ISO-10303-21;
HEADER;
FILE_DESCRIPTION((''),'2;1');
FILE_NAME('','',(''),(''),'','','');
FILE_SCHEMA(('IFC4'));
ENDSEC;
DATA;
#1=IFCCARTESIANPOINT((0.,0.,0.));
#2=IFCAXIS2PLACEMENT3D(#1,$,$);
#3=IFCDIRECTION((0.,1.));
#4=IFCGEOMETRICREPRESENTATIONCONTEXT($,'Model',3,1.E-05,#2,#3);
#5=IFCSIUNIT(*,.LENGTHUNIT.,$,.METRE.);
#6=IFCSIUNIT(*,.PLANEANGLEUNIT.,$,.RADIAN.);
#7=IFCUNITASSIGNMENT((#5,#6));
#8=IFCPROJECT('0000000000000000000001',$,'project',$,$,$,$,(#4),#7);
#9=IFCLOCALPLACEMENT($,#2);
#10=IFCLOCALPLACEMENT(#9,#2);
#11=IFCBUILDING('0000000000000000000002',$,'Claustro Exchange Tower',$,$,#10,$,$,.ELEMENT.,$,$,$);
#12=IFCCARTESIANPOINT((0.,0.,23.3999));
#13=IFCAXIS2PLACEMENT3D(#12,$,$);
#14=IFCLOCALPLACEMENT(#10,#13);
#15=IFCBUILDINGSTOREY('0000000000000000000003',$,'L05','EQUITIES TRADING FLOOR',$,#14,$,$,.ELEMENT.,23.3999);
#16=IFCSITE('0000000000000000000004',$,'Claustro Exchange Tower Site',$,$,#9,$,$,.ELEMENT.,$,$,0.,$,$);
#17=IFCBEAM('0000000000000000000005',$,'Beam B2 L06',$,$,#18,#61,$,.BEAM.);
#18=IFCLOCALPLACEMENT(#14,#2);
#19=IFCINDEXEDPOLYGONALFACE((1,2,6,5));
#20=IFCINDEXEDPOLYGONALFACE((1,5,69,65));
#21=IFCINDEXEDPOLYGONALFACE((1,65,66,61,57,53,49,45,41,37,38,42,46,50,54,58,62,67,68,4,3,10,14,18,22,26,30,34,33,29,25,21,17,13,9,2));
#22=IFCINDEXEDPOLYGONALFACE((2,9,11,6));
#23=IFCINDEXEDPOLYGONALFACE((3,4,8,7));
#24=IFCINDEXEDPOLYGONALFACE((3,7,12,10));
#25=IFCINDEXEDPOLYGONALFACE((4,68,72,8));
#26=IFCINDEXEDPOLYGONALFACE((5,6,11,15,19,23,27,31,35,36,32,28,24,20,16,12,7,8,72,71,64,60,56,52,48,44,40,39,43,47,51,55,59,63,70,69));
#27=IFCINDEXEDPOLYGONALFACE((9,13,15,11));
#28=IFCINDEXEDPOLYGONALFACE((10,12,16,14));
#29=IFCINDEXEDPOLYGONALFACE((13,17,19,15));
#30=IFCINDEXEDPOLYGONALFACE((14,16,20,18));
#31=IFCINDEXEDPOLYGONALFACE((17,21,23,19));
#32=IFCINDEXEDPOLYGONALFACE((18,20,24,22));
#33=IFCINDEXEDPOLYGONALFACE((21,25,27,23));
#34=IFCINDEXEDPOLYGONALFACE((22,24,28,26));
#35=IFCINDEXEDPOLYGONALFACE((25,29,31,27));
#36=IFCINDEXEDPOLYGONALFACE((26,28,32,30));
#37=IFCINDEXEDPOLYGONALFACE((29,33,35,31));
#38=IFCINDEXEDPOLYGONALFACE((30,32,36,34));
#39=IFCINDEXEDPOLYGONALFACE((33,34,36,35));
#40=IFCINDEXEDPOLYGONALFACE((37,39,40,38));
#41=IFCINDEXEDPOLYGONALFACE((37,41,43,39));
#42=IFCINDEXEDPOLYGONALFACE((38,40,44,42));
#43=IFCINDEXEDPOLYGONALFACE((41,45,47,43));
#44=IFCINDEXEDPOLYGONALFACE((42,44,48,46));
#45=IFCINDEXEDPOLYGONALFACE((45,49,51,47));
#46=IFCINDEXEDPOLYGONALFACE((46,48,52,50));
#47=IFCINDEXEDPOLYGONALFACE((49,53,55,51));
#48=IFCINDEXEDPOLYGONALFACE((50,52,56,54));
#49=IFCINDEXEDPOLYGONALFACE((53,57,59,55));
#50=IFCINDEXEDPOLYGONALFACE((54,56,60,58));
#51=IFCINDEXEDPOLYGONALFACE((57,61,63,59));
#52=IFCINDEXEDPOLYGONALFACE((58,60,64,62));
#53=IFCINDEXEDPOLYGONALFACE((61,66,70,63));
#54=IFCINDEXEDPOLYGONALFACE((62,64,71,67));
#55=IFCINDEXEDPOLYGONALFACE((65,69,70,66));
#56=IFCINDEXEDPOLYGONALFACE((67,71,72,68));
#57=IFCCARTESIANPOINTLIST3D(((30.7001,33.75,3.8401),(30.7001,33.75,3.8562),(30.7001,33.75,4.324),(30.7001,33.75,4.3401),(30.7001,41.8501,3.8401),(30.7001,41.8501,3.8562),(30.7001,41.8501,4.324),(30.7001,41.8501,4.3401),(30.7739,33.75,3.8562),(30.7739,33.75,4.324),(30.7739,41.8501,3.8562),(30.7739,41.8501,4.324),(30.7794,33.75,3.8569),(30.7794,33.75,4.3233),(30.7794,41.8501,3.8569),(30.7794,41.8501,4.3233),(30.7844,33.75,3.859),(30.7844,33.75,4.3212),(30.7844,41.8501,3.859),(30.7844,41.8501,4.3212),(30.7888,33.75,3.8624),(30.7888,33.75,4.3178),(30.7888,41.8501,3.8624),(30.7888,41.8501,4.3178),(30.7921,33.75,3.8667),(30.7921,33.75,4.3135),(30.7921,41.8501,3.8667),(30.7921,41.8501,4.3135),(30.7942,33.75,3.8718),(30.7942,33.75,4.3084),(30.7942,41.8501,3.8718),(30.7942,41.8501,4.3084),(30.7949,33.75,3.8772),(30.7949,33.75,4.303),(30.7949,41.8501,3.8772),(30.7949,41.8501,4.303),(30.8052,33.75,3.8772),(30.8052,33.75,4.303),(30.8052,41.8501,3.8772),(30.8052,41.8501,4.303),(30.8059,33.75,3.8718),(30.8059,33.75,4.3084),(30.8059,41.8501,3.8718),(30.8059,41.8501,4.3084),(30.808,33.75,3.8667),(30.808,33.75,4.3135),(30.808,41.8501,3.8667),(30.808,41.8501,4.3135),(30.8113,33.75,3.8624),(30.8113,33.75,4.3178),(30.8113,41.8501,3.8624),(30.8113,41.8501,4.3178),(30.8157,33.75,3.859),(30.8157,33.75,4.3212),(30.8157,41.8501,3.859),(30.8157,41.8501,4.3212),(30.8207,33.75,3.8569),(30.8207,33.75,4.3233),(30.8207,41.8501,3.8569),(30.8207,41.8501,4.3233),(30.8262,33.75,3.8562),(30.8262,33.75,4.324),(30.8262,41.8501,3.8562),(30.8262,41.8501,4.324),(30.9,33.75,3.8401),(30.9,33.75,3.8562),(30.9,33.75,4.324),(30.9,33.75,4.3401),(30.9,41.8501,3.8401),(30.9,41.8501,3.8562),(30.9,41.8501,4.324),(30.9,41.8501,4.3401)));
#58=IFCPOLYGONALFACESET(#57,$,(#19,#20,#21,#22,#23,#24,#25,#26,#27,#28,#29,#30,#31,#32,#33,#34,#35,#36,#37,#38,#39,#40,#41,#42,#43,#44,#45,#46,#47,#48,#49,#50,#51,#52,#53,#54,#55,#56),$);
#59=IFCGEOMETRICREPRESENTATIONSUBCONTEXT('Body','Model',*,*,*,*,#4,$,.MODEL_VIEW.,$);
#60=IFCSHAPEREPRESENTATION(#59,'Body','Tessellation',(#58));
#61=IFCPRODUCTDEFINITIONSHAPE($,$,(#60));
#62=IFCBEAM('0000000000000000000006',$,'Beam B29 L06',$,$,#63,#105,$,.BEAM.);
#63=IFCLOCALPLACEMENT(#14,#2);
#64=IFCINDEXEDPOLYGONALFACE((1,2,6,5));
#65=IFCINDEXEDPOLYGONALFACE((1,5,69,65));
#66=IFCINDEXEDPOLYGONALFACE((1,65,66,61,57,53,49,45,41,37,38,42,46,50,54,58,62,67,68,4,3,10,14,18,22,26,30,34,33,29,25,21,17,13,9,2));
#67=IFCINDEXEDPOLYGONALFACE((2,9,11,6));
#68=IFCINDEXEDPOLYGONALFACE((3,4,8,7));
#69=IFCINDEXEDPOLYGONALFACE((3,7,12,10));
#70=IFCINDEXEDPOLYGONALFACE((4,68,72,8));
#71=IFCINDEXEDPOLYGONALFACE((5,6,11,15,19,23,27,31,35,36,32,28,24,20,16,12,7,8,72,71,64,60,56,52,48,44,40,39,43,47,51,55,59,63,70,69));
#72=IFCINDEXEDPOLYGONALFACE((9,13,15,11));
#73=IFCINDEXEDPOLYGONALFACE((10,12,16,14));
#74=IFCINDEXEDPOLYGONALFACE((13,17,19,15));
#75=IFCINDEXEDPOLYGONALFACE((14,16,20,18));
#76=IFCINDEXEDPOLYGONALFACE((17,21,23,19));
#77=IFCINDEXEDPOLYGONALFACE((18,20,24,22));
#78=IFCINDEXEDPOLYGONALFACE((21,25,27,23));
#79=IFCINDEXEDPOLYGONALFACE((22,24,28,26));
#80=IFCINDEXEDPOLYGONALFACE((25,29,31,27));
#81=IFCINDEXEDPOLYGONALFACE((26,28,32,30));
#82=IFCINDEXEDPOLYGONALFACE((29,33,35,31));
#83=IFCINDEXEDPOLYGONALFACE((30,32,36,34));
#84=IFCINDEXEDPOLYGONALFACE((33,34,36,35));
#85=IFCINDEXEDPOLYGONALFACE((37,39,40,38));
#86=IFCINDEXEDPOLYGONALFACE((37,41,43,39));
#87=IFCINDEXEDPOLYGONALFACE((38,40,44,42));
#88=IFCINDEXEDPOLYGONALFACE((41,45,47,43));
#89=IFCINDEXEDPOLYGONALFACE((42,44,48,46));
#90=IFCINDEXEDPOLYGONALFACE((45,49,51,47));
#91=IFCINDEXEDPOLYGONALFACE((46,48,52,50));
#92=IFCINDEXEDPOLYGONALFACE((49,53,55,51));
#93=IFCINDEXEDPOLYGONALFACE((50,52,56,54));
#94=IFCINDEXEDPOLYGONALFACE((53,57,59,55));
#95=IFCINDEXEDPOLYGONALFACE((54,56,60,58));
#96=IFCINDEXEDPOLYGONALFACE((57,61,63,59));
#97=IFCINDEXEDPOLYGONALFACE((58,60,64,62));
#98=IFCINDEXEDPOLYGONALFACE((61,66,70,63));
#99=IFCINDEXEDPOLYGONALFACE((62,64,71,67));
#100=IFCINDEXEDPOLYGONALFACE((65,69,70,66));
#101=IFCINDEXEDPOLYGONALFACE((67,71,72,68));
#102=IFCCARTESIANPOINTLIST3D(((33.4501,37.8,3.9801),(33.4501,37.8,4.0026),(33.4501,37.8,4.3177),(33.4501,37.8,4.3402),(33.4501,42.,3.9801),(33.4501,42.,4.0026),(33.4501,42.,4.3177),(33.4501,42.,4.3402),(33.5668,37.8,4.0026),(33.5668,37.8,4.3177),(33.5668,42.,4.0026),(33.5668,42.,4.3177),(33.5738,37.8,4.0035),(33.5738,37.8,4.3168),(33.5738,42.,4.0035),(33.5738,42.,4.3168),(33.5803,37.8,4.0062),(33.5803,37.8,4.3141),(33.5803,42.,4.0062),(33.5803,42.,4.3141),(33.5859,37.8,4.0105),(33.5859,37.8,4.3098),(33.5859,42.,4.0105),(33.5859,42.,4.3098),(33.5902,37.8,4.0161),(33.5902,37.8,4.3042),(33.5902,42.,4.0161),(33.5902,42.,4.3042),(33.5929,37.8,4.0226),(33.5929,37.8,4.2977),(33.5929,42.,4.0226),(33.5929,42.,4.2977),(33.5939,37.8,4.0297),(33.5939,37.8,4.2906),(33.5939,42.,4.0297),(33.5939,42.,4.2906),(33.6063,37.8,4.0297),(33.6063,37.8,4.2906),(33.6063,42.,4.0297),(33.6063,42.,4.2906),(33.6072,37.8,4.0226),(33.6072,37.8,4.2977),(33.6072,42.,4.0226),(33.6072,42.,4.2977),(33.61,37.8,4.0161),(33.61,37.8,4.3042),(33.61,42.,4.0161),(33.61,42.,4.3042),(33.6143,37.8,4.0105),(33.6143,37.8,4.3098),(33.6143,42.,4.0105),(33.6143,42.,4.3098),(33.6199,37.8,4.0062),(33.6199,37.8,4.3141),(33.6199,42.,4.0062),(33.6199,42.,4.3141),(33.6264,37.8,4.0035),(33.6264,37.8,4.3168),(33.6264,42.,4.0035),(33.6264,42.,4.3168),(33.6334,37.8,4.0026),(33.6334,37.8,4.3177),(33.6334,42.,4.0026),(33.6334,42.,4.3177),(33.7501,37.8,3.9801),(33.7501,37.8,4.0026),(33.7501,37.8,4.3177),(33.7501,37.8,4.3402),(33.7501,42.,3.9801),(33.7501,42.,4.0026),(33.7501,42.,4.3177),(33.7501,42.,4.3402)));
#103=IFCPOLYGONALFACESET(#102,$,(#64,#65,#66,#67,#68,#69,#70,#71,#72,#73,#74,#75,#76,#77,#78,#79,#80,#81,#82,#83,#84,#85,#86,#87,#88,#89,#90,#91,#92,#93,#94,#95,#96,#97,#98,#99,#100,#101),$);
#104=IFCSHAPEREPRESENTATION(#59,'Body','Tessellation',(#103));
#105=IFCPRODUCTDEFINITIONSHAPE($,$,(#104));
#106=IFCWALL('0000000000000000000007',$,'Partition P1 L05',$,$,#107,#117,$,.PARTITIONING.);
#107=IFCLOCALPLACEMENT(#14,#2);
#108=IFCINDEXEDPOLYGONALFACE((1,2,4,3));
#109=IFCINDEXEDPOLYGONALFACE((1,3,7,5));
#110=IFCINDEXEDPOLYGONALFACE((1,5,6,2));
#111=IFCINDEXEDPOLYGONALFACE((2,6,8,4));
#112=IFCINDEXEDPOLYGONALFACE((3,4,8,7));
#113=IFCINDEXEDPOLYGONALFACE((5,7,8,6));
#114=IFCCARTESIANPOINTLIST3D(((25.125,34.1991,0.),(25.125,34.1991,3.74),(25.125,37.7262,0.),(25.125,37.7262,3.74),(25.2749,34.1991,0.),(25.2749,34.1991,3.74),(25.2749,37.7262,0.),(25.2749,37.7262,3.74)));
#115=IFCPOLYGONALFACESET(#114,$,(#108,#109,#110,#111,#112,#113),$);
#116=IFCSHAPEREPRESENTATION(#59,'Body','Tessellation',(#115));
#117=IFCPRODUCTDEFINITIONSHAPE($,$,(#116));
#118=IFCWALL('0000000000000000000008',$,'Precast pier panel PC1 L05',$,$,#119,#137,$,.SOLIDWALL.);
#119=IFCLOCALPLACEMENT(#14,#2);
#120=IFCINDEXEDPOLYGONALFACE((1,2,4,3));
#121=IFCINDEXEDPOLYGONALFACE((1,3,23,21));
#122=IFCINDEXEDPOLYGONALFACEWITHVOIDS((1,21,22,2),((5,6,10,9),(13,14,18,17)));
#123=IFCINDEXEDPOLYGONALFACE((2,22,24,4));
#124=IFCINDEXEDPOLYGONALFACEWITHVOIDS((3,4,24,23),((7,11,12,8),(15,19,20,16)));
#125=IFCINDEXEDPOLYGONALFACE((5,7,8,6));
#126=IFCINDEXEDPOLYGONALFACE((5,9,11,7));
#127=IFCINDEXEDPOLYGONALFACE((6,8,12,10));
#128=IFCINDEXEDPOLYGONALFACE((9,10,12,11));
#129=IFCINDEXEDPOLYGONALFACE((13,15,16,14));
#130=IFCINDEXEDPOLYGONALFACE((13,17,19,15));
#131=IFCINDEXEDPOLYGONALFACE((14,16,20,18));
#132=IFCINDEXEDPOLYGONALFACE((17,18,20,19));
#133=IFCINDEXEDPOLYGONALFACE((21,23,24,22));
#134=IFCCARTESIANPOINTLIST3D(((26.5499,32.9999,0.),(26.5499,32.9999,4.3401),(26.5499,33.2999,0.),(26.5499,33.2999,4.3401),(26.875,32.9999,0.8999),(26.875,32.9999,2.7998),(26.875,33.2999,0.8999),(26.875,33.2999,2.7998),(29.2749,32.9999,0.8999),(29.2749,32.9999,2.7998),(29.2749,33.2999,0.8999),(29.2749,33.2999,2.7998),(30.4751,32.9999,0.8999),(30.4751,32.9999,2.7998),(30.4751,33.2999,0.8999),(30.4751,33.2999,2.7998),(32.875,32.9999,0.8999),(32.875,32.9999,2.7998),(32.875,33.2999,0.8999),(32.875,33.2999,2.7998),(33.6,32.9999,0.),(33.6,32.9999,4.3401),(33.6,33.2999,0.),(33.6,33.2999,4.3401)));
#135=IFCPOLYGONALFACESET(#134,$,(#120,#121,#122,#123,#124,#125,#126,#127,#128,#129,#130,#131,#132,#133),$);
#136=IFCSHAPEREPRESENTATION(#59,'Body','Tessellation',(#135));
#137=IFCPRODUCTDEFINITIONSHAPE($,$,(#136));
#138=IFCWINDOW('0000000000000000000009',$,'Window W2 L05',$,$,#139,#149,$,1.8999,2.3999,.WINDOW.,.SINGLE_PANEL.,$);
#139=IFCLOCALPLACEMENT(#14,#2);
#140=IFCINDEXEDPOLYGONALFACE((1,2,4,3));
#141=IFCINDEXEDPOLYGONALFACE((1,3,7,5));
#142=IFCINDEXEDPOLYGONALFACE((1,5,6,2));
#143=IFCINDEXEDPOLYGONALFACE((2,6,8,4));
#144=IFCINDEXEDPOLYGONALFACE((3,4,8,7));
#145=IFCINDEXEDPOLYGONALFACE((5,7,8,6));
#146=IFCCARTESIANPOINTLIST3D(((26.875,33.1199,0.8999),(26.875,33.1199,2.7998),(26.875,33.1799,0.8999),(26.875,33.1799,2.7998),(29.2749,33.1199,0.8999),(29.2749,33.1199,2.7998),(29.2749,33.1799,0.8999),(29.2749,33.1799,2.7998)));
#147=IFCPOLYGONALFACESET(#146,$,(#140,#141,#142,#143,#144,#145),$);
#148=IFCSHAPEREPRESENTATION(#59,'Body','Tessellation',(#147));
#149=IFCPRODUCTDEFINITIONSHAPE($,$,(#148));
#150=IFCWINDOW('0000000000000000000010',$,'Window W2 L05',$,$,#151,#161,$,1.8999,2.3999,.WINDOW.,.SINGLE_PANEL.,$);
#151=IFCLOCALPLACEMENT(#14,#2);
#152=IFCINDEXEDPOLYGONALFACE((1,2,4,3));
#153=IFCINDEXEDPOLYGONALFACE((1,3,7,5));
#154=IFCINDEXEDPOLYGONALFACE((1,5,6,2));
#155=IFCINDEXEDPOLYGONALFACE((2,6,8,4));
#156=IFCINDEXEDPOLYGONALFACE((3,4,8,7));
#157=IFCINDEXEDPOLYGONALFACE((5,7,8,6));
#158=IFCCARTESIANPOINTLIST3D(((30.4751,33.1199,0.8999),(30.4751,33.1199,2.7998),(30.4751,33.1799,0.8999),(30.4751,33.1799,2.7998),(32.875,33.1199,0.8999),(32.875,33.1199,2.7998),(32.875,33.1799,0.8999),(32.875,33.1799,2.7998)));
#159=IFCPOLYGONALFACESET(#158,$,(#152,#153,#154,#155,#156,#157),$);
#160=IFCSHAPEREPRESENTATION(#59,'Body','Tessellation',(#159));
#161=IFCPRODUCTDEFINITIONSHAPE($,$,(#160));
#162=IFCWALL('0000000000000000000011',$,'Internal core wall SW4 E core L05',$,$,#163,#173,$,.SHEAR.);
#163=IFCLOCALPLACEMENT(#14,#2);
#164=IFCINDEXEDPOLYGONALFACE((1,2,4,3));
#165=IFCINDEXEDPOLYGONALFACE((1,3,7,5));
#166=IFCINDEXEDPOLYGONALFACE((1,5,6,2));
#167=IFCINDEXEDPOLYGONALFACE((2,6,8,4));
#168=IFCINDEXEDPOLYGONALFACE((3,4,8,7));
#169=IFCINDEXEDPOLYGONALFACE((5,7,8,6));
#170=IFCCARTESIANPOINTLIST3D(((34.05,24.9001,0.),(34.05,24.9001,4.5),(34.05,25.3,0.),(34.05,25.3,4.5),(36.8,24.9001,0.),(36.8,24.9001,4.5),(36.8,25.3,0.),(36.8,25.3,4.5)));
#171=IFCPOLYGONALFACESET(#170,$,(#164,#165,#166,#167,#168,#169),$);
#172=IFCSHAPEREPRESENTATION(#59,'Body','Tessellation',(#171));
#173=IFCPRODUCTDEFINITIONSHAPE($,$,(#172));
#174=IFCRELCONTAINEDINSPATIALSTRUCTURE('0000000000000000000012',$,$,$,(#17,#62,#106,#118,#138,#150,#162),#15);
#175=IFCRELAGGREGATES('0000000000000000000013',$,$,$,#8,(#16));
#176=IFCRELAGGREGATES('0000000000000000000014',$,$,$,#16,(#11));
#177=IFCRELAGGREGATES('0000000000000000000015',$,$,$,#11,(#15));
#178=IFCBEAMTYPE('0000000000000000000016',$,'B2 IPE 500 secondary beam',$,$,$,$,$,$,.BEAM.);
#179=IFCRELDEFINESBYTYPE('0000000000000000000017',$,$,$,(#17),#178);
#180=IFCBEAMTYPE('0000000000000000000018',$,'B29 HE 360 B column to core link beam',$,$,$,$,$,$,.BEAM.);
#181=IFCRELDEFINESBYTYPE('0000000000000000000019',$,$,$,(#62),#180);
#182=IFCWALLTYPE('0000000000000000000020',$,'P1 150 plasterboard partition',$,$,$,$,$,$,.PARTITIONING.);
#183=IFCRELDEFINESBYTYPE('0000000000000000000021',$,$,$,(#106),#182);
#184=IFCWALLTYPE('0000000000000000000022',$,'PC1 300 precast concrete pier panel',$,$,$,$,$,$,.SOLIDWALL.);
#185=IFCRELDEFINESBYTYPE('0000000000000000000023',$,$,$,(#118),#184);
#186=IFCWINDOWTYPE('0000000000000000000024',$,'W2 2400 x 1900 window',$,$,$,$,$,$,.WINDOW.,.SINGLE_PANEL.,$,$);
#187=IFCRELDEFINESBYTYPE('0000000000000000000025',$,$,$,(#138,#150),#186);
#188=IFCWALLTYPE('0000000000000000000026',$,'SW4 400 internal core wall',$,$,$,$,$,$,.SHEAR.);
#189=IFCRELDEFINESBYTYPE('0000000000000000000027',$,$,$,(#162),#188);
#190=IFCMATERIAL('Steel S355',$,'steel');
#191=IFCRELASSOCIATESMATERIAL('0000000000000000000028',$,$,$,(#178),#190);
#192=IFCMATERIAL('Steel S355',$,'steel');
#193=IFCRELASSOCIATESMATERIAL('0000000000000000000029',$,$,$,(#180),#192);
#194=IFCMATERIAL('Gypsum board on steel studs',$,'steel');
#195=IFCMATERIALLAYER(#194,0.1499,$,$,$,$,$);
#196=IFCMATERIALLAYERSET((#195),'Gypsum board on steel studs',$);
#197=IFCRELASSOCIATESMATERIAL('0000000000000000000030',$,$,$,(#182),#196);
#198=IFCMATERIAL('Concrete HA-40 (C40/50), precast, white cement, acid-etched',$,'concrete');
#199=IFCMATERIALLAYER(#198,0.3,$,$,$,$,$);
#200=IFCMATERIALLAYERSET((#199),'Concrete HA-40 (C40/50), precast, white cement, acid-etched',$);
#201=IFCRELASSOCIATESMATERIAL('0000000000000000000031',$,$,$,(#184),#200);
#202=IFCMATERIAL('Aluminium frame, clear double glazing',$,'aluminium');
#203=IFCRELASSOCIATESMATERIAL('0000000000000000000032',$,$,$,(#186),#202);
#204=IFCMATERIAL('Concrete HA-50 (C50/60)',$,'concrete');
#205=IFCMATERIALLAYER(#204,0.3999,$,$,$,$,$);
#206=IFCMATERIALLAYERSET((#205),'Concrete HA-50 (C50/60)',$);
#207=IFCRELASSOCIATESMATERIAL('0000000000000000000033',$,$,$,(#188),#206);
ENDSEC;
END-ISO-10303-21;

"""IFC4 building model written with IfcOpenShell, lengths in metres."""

from ifc_helpers import new_model, si_unit, direction, frame, frame_2d, origin, origin_2d, place, context, subcontext, project, spatial, rectangle, i_section, extrude, material, layer, layer_set, material_profile, profile_set, type_object, element, fill, save


model = new_model("IFC4")

# Units and contexts
model_context = context("Model", 3, precision=1e-05, world=origin(), true_north=direction((0.0, 1.0)))
body_context = subcontext(model_context, "Body", "Model", "MODEL_VIEW")
ifc_project = project(units=[si_unit("LENGTHUNIT", "METRE"), si_unit("PLANEANGLEUNIT", "RADIAN")], contexts=[model_context])

# Site, building, storey
site_placement = place(None, origin())
site = spatial("IfcSite", under=ifc_project, at=site_placement, Name="Claustro Exchange Tower Site", CompositionType="ELEMENT", RefElevation=0.0)
building_placement = place(site_placement, origin())
building = spatial("IfcBuilding", under=site, at=building_placement, Name="Claustro Exchange Tower", CompositionType="ELEMENT")
storey_placement = place(building_placement, frame((0.0, 0.0, 23.3999)))
storey = spatial("IfcBuildingStorey", under=building, at=storey_placement, Name="L05", Description="EQUITIES TRADING FLOOR", CompositionType="ELEMENT", Elevation=23.3999)

# Beams
ifc_material_1 = material(Name="Steel S355", Category="steel")
ifc_material_profile_1 = material_profile(ifc_material_1, i_section(OverallWidth=0.2, OverallDepth=0.5, WebThickness=0.0103, FlangeThickness=0.0161, FilletRadius=0.021, at=origin_2d()), Name="IPE 500")
ifc_profile_set_1 = profile_set([ifc_material_profile_1], Name="Steel S355")
beam_type_1 = type_object("IfcBeamType", Name="B2 IPE 500 secondary beam", PredefinedType="BEAM", material=ifc_profile_set_1)
for number, where, z_axis, x_axis, name in (
    (1, (30.8, 33.75, 4.0901), (0.0, 1.0, 0.0), (-1.0, 0.0, 0.0), "Beam B2 L06"),
):
    element("IfcBeam", number, at=place(storey_placement, frame(where, z_axis=z_axis, x_axis=x_axis)), inside=storey, type_object=beam_type_1, Name=name, PredefinedType="BEAM", context=body_context, shape_type="SweptSolid", body=[
        extrude(i_section(OverallWidth=0.2, OverallDepth=0.5, WebThickness=0.0103, FlangeThickness=0.0161, FilletRadius=0.021, at=origin_2d()), origin(), (0.0, 0.0, 1.0), 8.1001),
    ])
ifc_material_2 = material(Name="Steel S355", Category="steel")
ifc_material_profile_2 = material_profile(ifc_material_2, i_section(OverallWidth=0.3, OverallDepth=0.3601, WebThickness=0.0125, FlangeThickness=0.0225, FilletRadius=0.0271, at=origin_2d()), Name="HE 360 B")
ifc_profile_set_2 = profile_set([ifc_material_profile_2], Name="Steel S355")
beam_type_2 = type_object("IfcBeamType", Name="B29 HE 360 B column to core link beam", PredefinedType="BEAM", material=ifc_profile_set_2)
beam_1_placement = place(storey_placement, frame((33.6001, 37.8, 4.1602), z_axis=(0.0, 1.0, 0.0), x_axis=(-1.0, 0.0, 0.0)))
element("IfcBeam", 2, at=beam_1_placement, inside=storey, type_object=beam_type_2, Name="Beam B29 L06", PredefinedType="BEAM", context=body_context, shape_type="SweptSolid", body=[
    extrude(i_section(OverallWidth=0.3, OverallDepth=0.3601, WebThickness=0.0125, FlangeThickness=0.0225, FilletRadius=0.0271, at=origin_2d()), origin(), (0.0, 0.0, 1.0), 4.2),
])

# Wall
ifc_material_3 = material(Name="Gypsum board on steel studs", Category="steel")
ifc_layer_1 = layer(ifc_material_3, 0.1499)
ifc_layer_set_1 = layer_set([ifc_layer_1], Name="Gypsum board on steel studs")
wall_type_1 = type_object("IfcWallType", Name="P1 150 plasterboard partition", PredefinedType="PARTITIONING", material=ifc_layer_set_1)
wall_1_placement = place(storey_placement, frame((25.2, 34.199, 0.0), z_axis=(0.0, 0.0, 1.0), x_axis=(0.0, 1.0, 0.0)))
element("IfcWall", 3, at=wall_1_placement, inside=storey, type_object=wall_type_1, Name="Partition P1 L05", PredefinedType="PARTITIONING", context=body_context, shape_type="SweptSolid", body=[
    extrude(rectangle(XDim=3.5271, YDim=0.1499, at=frame_2d((1.7637, 0.0))), origin(), (0.0, 0.0, 1.0), 3.74),
])

# Wall, openings, windows
ifc_material_4 = material(Name="Concrete HA-40 (C40/50), precast, white cement, acid-etched", Category="concrete")
ifc_layer_2 = layer(ifc_material_4, 0.3)
ifc_layer_set_2 = layer_set([ifc_layer_2], Name="Concrete HA-40 (C40/50), precast, white cement, acid-etched")
wall_type_2 = type_object("IfcWallType", Name="PC1 300 precast concrete pier panel", PredefinedType="SOLIDWALL", material=ifc_layer_set_2)
wall_2_placement = place(storey_placement, frame((26.55, 33.1499, 0.0), z_axis=(0.0, 0.0, 1.0), x_axis=(1.0, 0.0, 0.0)))
wall_2 = element("IfcWall", 4, at=wall_2_placement, inside=storey, type_object=wall_type_2, Name="Precast pier panel PC1 L05", PredefinedType="SOLIDWALL", context=body_context, shape_type="SweptSolid", body=[
    extrude(rectangle(XDim=7.05, YDim=0.3, at=frame_2d((3.5249, 0.0))), origin(), (0.0, 0.0, 1.0), 4.3401),
])
opening_1_placement = place(wall_2_placement, frame((0.325, 0.0, 0.8999)))
opening_1 = element("IfcOpeningElement", 5, at=opening_1_placement, cuts=wall_2, PredefinedType="OPENING", context=body_context, shape_type="SweptSolid", body=[
    extrude(rectangle(XDim=2.3999, YDim=1.8999, at=frame_2d((1.2, 0.95))), frame((0.0, 0.1599, 0.0), z_axis=(0.0, -1.0, 0.0), x_axis=(1.0, 0.0, 0.0)), (0.0, 0.0, 1.0), 0.3201),
])
opening_2_placement = place(wall_2_placement, frame((3.925, 0.0, 0.8999)))
opening_2 = element("IfcOpeningElement", 6, at=opening_2_placement, cuts=wall_2, PredefinedType="OPENING", context=body_context, shape_type="SweptSolid", body=[
    extrude(rectangle(XDim=2.3999, YDim=1.8999, at=frame_2d((1.2, 0.95))), frame((0.0, 0.1599, 0.0), z_axis=(0.0, -1.0, 0.0), x_axis=(1.0, 0.0, 0.0)), (0.0, 0.0, 1.0), 0.3201),
])
ifc_material_5 = material(Name="Aluminium frame, clear double glazing", Category="aluminium")
window_type = type_object("IfcWindowType", Name="W2 2400 x 1900 window", PartitioningType="SINGLE_PANEL", PredefinedType="WINDOW", material=ifc_material_5)
window_1_placement = place(opening_1_placement, origin())
window_1 = element("IfcWindow", 7, at=window_1_placement, inside=storey, type_object=window_type, Name="Window W2 L05", OverallHeight=1.8999, OverallWidth=2.3999, PartitioningType="SINGLE_PANEL", PredefinedType="WINDOW", context=body_context, shape_type="SweptSolid", body=[
    extrude(rectangle(XDim=2.3999, YDim=1.8999, at=frame_2d((1.2, 0.95))), frame((0.0, 0.03, 0.0), z_axis=(0.0, -1.0, 0.0), x_axis=(1.0, 0.0, 0.0)), (0.0, 0.0, 1.0), 0.0601),
])
fill(opening_1, window_1)
window_2_placement = place(opening_2_placement, origin())
window_2 = element("IfcWindow", 8, at=window_2_placement, inside=storey, type_object=window_type, Name="Window W2 L05", OverallHeight=1.8999, OverallWidth=2.3999, PartitioningType="SINGLE_PANEL", PredefinedType="WINDOW", context=body_context, shape_type="SweptSolid", body=[
    extrude(rectangle(XDim=2.3999, YDim=1.8999, at=frame_2d((1.2, 0.95))), frame((0.0, 0.03, 0.0), z_axis=(0.0, -1.0, 0.0), x_axis=(1.0, 0.0, 0.0)), (0.0, 0.0, 1.0), 0.0601),
])
fill(opening_2, window_2)

# Wall
ifc_material_6 = material(Name="Concrete HA-50 (C50/60)", Category="concrete")
ifc_layer_3 = layer(ifc_material_6, 0.3999)
ifc_layer_set_3 = layer_set([ifc_layer_3], Name="Concrete HA-50 (C50/60)")
wall_type_3 = type_object("IfcWallType", Name="SW4 400 internal core wall", PredefinedType="SHEAR", material=ifc_layer_set_3)
wall_3_placement = place(storey_placement, frame((36.8, 25.1001, 0.0), z_axis=(0.0, 0.0, 1.0), x_axis=(-1.0, 0.0, 0.0)))
element("IfcWall", 9, at=wall_3_placement, inside=storey, type_object=wall_type_3, Name="Internal core wall SW4 E core L05", PredefinedType="SHEAR", context=body_context, shape_type="SweptSolid", body=[
    extrude(rectangle(XDim=2.75, YDim=0.3999, at=frame_2d((1.375, 0.0))), origin(), (0.0, 0.0, 1.0), 4.5),
])

save(model, "model.ifc")
